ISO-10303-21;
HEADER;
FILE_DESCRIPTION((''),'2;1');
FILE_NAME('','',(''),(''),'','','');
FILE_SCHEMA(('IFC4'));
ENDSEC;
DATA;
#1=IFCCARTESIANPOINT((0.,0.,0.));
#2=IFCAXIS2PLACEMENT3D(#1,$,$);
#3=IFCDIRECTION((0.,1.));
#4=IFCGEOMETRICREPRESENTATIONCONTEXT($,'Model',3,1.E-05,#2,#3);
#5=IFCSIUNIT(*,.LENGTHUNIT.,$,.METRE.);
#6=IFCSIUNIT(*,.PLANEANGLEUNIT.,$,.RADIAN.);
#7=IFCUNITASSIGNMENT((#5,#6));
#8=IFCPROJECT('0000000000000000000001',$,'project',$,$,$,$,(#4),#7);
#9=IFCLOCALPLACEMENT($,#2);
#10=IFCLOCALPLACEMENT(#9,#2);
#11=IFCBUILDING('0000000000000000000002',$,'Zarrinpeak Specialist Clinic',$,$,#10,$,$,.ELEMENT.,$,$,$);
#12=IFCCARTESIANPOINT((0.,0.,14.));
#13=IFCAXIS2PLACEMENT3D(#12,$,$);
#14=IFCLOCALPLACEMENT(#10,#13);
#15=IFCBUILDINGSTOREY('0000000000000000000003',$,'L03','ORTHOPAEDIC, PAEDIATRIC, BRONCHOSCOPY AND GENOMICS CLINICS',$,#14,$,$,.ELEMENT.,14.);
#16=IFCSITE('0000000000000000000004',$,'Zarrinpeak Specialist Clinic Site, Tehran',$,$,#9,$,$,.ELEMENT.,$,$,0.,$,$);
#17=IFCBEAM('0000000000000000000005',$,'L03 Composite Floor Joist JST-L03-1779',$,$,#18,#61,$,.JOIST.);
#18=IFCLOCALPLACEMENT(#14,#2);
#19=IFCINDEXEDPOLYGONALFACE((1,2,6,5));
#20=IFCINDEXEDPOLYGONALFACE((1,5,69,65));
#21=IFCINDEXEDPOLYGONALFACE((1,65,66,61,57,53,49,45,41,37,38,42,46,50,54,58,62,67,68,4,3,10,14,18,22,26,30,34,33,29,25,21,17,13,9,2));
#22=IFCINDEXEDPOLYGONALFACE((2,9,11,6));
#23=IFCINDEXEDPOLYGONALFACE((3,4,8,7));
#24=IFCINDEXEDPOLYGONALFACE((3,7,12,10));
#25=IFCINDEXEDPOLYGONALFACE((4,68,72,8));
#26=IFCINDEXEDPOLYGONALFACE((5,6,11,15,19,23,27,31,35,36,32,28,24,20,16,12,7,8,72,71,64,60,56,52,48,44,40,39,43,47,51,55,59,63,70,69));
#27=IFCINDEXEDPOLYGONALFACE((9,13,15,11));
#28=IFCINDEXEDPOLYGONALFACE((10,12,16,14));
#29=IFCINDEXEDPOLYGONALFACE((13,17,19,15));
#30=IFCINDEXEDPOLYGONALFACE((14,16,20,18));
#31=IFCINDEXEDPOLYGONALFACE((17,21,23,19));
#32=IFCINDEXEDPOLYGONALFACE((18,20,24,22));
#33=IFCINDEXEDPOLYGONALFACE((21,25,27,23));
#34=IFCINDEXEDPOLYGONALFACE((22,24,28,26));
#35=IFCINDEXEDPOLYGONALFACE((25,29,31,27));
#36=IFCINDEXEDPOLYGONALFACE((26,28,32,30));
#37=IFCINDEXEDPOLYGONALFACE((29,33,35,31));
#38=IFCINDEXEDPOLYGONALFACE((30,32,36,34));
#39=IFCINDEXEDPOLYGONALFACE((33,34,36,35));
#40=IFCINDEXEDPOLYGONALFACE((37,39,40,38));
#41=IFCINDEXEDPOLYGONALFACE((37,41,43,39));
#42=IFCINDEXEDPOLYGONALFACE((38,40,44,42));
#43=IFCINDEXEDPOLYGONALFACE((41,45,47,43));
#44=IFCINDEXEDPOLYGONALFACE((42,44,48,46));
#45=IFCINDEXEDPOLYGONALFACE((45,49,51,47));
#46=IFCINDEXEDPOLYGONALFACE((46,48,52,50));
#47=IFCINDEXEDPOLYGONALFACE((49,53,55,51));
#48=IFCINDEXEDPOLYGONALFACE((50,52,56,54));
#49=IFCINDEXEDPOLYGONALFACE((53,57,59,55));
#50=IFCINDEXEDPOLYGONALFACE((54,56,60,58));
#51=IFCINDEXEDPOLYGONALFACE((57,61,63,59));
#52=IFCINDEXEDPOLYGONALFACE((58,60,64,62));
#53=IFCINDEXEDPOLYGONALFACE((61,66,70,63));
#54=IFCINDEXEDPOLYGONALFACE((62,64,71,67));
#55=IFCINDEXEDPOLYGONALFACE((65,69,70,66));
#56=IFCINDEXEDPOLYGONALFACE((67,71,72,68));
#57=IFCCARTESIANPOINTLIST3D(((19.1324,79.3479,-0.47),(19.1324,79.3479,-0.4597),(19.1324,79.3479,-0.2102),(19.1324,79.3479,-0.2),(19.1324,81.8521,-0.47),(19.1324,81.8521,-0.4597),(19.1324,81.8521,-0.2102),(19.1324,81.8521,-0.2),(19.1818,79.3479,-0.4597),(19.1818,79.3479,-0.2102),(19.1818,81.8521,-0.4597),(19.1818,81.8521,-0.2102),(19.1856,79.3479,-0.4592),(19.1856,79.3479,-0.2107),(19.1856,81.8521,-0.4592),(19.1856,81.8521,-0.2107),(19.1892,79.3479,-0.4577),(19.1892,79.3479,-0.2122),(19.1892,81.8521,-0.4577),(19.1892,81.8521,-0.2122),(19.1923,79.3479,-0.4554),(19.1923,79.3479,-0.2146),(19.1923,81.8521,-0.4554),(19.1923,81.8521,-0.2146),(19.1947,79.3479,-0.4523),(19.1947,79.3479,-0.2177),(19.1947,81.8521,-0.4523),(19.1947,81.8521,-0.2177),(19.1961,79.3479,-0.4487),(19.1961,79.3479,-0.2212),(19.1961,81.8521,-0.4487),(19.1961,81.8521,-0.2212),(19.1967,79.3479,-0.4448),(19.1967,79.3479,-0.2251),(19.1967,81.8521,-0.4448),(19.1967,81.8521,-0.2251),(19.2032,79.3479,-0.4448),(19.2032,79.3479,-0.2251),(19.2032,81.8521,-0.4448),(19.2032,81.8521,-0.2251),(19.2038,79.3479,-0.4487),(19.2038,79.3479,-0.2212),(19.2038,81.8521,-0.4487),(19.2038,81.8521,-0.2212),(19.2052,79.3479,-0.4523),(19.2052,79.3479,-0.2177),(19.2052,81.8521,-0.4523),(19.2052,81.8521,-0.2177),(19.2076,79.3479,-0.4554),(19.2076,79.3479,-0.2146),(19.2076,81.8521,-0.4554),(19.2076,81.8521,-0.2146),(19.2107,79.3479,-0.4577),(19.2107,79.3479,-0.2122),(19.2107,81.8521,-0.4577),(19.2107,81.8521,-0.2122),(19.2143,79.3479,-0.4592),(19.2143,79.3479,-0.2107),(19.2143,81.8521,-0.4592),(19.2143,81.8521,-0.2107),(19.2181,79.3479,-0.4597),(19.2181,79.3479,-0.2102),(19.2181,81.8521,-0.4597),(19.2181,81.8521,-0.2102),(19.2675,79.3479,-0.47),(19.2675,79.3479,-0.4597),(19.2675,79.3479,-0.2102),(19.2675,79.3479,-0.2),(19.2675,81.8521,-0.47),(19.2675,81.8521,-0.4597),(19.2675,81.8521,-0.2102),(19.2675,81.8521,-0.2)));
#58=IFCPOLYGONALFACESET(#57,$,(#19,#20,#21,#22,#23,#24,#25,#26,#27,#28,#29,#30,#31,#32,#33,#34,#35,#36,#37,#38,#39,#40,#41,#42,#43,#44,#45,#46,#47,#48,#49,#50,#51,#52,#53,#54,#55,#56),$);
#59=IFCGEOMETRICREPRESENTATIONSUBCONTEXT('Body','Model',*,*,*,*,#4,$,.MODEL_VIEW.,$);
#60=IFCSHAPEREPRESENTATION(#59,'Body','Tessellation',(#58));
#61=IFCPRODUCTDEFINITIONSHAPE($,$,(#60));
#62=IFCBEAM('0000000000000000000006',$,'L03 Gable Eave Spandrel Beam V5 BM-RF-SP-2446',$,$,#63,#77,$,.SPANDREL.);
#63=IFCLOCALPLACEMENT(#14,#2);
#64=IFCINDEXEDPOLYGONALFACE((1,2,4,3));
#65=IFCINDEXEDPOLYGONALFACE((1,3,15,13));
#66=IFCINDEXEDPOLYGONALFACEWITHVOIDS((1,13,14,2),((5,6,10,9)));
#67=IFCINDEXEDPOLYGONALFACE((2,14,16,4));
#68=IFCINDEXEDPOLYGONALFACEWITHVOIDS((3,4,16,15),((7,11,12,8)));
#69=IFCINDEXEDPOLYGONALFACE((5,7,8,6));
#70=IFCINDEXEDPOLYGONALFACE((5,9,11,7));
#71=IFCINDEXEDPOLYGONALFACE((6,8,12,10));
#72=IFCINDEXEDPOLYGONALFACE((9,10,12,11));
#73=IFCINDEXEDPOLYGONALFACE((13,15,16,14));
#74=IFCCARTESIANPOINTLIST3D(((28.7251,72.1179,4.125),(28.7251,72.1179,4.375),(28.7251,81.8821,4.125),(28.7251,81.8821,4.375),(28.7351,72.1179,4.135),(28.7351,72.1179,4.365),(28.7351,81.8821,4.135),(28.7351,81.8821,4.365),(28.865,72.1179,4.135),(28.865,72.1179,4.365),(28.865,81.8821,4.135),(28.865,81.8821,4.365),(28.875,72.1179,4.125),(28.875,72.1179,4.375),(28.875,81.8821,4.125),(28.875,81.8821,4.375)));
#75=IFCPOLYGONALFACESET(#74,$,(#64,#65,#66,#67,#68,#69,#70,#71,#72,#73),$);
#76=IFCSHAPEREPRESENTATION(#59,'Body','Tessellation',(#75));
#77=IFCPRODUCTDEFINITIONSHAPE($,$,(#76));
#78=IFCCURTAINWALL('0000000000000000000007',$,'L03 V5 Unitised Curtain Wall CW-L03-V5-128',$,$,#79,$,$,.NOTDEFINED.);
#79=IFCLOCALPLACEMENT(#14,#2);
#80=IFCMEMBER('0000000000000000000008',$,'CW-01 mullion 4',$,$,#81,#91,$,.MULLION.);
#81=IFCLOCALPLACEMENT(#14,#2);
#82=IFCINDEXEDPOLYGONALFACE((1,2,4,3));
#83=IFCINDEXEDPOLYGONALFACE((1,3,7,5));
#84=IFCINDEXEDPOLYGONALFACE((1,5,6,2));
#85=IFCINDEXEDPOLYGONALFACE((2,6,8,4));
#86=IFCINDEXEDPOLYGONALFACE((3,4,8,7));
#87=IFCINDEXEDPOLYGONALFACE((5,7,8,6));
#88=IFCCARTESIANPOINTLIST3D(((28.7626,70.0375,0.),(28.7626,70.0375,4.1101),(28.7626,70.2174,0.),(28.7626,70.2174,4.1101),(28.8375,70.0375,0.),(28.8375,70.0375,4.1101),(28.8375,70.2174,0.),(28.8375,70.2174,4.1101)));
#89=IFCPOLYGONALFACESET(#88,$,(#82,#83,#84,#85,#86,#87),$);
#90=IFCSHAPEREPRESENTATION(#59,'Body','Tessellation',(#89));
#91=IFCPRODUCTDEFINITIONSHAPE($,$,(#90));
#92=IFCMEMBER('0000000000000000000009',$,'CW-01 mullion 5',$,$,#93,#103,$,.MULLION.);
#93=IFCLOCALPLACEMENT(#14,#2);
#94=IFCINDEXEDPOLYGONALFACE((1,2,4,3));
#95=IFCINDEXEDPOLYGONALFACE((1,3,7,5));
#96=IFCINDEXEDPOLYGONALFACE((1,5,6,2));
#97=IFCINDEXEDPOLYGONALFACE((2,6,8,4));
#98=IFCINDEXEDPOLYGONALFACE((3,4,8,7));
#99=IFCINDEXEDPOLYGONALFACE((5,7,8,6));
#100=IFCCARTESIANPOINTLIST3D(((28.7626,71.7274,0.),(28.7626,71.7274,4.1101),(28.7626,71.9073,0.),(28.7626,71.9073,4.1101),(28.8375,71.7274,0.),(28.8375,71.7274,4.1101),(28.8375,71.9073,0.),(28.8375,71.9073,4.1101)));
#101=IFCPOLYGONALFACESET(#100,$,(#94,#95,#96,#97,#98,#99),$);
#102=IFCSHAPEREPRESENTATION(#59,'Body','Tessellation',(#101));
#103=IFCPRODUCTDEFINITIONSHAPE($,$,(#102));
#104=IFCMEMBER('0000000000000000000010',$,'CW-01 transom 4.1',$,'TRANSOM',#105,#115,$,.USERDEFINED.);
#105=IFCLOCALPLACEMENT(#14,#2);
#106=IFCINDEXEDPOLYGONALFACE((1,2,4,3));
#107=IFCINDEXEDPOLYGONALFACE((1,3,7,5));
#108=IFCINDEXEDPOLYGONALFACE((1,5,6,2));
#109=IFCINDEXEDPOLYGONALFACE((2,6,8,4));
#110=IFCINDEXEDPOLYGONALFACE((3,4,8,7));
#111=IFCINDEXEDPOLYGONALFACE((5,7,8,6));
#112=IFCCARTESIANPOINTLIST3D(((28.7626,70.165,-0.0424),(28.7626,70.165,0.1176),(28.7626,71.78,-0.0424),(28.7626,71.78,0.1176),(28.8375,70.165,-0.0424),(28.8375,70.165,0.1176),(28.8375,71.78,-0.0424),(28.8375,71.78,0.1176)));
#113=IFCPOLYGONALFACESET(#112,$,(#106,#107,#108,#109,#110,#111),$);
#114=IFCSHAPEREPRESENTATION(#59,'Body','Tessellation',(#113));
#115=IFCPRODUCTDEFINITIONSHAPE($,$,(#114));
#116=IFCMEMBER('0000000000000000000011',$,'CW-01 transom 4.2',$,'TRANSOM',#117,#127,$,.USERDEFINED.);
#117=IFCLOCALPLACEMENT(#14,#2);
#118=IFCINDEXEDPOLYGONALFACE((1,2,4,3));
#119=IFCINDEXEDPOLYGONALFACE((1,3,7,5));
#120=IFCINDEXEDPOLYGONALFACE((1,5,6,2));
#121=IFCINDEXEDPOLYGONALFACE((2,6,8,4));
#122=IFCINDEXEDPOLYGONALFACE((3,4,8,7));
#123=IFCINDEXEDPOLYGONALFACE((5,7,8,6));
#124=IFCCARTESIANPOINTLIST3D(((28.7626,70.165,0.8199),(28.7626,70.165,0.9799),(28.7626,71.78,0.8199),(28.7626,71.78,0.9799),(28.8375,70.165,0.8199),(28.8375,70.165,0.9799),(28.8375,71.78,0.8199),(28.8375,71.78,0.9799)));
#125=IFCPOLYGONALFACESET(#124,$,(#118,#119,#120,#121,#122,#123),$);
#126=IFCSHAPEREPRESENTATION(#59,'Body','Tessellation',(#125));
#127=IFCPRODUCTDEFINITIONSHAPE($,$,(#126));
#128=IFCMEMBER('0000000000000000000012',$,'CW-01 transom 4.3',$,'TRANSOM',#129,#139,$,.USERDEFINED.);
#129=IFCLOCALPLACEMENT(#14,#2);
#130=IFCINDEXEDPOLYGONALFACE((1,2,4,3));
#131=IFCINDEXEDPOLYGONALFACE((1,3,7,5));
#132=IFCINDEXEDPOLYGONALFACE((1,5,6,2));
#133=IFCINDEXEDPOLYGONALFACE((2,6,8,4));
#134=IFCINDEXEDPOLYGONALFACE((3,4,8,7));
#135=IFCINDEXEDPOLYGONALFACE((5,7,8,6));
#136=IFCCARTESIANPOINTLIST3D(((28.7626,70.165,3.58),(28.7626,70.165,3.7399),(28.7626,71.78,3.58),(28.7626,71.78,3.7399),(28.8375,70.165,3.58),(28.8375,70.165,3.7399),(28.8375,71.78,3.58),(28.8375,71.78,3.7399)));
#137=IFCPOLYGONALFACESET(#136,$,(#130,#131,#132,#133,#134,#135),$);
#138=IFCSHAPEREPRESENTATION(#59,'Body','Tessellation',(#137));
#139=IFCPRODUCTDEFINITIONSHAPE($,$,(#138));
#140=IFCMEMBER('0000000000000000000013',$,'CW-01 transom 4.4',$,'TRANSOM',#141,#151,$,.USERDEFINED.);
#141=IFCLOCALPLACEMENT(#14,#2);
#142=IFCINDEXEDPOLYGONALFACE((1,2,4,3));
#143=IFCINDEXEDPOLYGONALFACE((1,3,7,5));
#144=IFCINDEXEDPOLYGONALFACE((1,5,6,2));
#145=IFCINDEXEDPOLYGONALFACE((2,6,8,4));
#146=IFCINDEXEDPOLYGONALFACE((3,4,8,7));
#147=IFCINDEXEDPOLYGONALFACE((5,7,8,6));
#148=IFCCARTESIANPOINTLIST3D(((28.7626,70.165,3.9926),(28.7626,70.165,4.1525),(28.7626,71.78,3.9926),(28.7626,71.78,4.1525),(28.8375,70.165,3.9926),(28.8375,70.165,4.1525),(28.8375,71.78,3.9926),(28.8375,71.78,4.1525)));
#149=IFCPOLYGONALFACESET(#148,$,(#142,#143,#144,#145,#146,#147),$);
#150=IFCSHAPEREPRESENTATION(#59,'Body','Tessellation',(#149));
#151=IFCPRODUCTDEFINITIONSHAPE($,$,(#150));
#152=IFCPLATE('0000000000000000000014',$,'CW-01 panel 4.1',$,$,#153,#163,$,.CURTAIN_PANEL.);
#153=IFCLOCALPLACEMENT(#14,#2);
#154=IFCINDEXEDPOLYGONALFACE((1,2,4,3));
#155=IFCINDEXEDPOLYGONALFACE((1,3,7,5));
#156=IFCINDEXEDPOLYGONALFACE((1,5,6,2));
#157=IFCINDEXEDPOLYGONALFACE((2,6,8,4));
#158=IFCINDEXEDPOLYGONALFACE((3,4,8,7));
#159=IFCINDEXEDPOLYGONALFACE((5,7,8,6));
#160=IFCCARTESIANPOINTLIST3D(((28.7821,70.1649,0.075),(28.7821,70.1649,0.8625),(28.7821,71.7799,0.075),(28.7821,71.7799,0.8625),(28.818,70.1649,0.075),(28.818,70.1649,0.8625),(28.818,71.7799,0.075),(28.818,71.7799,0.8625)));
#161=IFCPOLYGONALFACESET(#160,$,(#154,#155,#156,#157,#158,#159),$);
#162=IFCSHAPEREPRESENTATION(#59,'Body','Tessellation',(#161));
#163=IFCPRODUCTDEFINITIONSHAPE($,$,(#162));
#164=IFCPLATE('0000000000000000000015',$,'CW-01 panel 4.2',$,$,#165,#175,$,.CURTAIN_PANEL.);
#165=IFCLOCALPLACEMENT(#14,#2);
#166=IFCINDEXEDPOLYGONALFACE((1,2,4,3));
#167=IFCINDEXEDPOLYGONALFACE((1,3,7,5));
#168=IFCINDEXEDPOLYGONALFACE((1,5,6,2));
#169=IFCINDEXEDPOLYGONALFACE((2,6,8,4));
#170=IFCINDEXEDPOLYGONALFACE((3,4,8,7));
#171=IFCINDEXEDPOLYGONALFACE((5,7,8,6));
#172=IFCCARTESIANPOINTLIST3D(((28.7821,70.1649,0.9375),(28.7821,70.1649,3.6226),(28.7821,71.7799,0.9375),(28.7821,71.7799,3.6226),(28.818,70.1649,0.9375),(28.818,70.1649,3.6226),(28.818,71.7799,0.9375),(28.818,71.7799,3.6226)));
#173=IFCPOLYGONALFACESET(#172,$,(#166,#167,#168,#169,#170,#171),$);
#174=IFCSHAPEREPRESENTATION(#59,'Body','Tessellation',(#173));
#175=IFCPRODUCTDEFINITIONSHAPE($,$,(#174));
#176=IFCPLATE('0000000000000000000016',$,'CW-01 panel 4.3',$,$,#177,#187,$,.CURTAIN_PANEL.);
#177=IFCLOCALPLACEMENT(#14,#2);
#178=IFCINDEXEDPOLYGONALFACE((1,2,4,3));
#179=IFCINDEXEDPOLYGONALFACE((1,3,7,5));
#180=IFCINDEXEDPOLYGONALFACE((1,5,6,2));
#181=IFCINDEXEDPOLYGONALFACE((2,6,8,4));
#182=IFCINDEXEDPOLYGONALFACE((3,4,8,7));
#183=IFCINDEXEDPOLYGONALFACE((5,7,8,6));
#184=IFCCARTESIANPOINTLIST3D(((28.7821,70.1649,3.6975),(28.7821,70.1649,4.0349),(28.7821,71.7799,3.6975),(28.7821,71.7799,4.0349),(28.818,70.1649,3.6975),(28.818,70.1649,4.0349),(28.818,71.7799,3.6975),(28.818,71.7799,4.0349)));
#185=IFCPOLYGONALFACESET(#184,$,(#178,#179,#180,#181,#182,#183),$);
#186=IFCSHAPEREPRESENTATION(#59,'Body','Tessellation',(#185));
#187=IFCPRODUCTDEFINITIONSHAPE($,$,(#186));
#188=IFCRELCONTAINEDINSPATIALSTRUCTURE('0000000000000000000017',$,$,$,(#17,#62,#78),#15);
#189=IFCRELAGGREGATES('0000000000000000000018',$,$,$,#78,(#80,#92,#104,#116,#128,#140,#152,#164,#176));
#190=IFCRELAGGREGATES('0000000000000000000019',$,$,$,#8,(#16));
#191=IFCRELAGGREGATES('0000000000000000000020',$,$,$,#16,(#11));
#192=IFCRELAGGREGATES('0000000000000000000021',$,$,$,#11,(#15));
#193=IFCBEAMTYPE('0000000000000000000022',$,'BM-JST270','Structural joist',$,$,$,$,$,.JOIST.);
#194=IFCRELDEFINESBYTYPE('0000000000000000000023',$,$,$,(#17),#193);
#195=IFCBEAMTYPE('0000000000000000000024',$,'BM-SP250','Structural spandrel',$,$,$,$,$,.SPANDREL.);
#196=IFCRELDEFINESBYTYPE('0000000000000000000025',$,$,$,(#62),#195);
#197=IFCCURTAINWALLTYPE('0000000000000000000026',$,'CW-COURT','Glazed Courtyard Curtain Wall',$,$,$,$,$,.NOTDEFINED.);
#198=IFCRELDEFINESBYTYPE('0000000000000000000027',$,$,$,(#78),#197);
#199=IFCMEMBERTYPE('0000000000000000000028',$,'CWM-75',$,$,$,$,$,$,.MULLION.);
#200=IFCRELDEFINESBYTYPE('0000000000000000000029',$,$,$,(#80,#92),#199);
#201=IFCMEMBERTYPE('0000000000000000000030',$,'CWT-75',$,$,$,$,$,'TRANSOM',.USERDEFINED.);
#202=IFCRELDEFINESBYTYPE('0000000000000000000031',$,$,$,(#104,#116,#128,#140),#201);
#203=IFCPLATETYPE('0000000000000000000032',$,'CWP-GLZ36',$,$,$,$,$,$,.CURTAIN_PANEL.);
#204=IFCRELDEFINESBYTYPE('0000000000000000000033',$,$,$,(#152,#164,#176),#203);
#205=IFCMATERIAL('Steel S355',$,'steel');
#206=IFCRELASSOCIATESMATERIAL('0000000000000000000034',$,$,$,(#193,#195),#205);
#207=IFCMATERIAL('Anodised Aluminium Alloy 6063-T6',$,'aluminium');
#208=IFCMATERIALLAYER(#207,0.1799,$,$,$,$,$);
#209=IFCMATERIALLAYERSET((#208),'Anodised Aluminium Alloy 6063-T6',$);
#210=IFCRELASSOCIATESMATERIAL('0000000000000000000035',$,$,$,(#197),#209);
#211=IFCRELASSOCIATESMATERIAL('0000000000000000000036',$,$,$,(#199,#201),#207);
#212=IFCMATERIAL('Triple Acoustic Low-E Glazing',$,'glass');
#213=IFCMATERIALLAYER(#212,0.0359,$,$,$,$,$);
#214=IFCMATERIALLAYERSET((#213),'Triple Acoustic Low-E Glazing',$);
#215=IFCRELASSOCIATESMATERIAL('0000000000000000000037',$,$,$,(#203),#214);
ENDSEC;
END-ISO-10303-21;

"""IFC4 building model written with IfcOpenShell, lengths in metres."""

from ifc_helpers import new_model, si_unit, direction, frame, origin, origin_2d, place, context, subcontext, project, spatial, rectangle, hollow_rectangle, i_section, extrude, material, layer, layer_set, material_profile, profile_set, type_object, element, aggregate, save


model = new_model("IFC4")

# Units and contexts
model_context = context("Model", 3, precision=1e-05, world=origin(), true_north=direction((0.0, 1.0)))
body_context = subcontext(model_context, "Body", "Model", "MODEL_VIEW")
ifc_project = project(units=[si_unit("LENGTHUNIT", "METRE"), si_unit("PLANEANGLEUNIT", "RADIAN")], contexts=[model_context])

# Site, building, storey
site_placement = place(None, origin())
site = spatial("IfcSite", under=ifc_project, at=site_placement, Name="Zarrinpeak Specialist Clinic Site, Tehran", CompositionType="ELEMENT", RefElevation=0.0)
building_placement = place(site_placement, origin())
building = spatial("IfcBuilding", under=site, at=building_placement, Name="Zarrinpeak Specialist Clinic", CompositionType="ELEMENT")
storey_placement = place(building_placement, frame((0.0, 0.0, 14.0)))
storey = spatial("IfcBuildingStorey", under=building, at=storey_placement, Name="L03", Description="ORTHOPAEDIC, PAEDIATRIC, BRONCHOSCOPY AND GENOMICS CLINICS", CompositionType="ELEMENT", Elevation=14.0)

# Shared definitions
ifc_material_1 = material(Name="Steel S355", Category="steel")

# Beams
ifc_material_profile_1 = material_profile(ifc_material_1, i_section(OverallWidth=0.135, OverallDepth=0.27, WebThickness=0.0066, FlangeThickness=0.0103, FilletRadius=0.0149, at=origin_2d()), Name="IPE 270")
ifc_profile_set_1 = profile_set([ifc_material_profile_1], Name="Steel S355")
beam_type_1 = type_object("IfcBeamType", Name="BM-JST270", Description="Structural joist", PredefinedType="JOIST", material=ifc_profile_set_1)
beam_1_placement = place(storey_placement, frame((19.2, 79.3479, -0.335), z_axis=(0.0, 1.0, 0.0), x_axis=(-1.0, 0.0, 0.0)))
element("IfcBeam", 1, at=beam_1_placement, inside=storey, type_object=beam_type_1, Name="L03 Composite Floor Joist JST-L03-1779", PredefinedType="JOIST", context=body_context, shape_type="SweptSolid", body=[
    extrude(i_section(OverallWidth=0.135, OverallDepth=0.27, WebThickness=0.0066, FlangeThickness=0.0103, FilletRadius=0.0149, at=origin_2d()), origin(), (0.0, 0.0, 1.0), 2.5042),
])
ifc_material_profile_2 = material_profile(ifc_material_1, hollow_rectangle(XDim=0.1499, YDim=0.25, WallThickness=0.01, at=origin_2d()), Name="RHS 250x150x10.0")
ifc_profile_set_2 = profile_set([ifc_material_profile_2], Name="Steel S355")
beam_type_2 = type_object("IfcBeamType", Name="BM-SP250", Description="Structural spandrel", PredefinedType="SPANDREL", material=ifc_profile_set_2)
beam_2_placement = place(storey_placement, frame((28.8, 72.1179, 4.25), z_axis=(0.0, 1.0, 0.0), x_axis=(-1.0, 0.0, 0.0)))
element("IfcBeam", 2, at=beam_2_placement, inside=storey, type_object=beam_type_2, Name="L03 Gable Eave Spandrel Beam V5 BM-RF-SP-2446", PredefinedType="SPANDREL", context=body_context, shape_type="SweptSolid", body=[
    extrude(hollow_rectangle(XDim=0.1499, YDim=0.25, WallThickness=0.01, at=origin_2d()), origin(), (0.0, 0.0, 1.0), 9.7642),
])

# Curtain wall, members, plates
ifc_material_2 = material(Name="Anodised Aluminium Alloy 6063-T6", Category="aluminium")
ifc_layer_1 = layer(ifc_material_2, 0.1799)
ifc_layer_set_1 = layer_set([ifc_layer_1], Name="Anodised Aluminium Alloy 6063-T6")
curtain_wall_type = type_object("IfcCurtainWallType", Name="CW-COURT", Description="Glazed Courtyard Curtain Wall", PredefinedType="NOTDEFINED", material=ifc_layer_set_1)
curtain_wall_placement = place(storey_placement, origin())
curtain_wall = element("IfcCurtainWall", 3, at=curtain_wall_placement, inside=storey, type_object=curtain_wall_type, Name="L03 V5 Unitised Curtain Wall CW-L03-V5-128", PredefinedType="NOTDEFINED")
ifc_material_profile_3 = material_profile(ifc_material_2, rectangle(XDim=0.075, YDim=0.1799, at=origin_2d()), Name="ALU 75x180")
ifc_profile_set_3 = profile_set([ifc_material_profile_3], Name="Anodised Aluminium Alloy 6063-T6")
member_type_1 = type_object("IfcMemberType", Name="CWM-75", PredefinedType="MULLION", material=ifc_profile_set_3)
member_1_placement = place(storey_placement, frame((28.8, 70.1274, 0.0), z_axis=(0.0, 0.0, 1.0), x_axis=(-1.0, 0.0, 0.0)))
member_1 = element("IfcMember", 4, at=member_1_placement, type_object=member_type_1, Name="CW-01 mullion 4", PredefinedType="MULLION", context=body_context, shape_type="SweptSolid", body=[
    extrude(rectangle(XDim=0.075, YDim=0.1799, at=origin_2d()), origin(), (0.0, 0.0, 1.0), 4.1101),
])
member_2_placement = place(storey_placement, frame((28.8, 71.8174, 0.0), z_axis=(0.0, 0.0, 1.0), x_axis=(-1.0, 0.0, 0.0)))
member_2 = element("IfcMember", 5, at=member_2_placement, type_object=member_type_1, Name="CW-01 mullion 5", PredefinedType="MULLION", context=body_context, shape_type="SweptSolid", body=[
    extrude(rectangle(XDim=0.075, YDim=0.1799, at=origin_2d()), origin(), (0.0, 0.0, 1.0), 4.1101),
])
ifc_material_profile_4 = material_profile(ifc_material_2, rectangle(XDim=0.075, YDim=0.1599, at=origin_2d()), Name="ALU 75x160")
ifc_profile_set_4 = profile_set([ifc_material_profile_4], Name="Anodised Aluminium Alloy 6063-T6")
member_type_2 = type_object("IfcMemberType", Name="CWT-75", ElementType="TRANSOM", PredefinedType="USERDEFINED", material=ifc_profile_set_4)
member_3_placement = place(storey_placement, frame((28.8, 70.165, 0.0376), z_axis=(0.0, 1.0, 0.0), x_axis=(-1.0, 0.0, 0.0)))
member_3 = element("IfcMember", 6, at=member_3_placement, type_object=member_type_2, Name="CW-01 transom 4.1", ObjectType="TRANSOM", PredefinedType="USERDEFINED", context=body_context, shape_type="SweptSolid", body=[
    extrude(rectangle(XDim=0.075, YDim=0.1599, at=origin_2d()), origin(), (0.0, 0.0, 1.0), 1.615),
])
member_4_placement = place(storey_placement, frame((28.8, 70.165, 0.8999), z_axis=(0.0, 1.0, 0.0), x_axis=(-1.0, 0.0, 0.0)))
member_4 = element("IfcMember", 7, at=member_4_placement, type_object=member_type_2, Name="CW-01 transom 4.2", ObjectType="TRANSOM", PredefinedType="USERDEFINED", context=body_context, shape_type="SweptSolid", body=[
    extrude(rectangle(XDim=0.075, YDim=0.1599, at=origin_2d()), origin(), (0.0, 0.0, 1.0), 1.615),
])
member_5_placement = place(storey_placement, frame((28.8, 70.165, 3.6599), z_axis=(0.0, 1.0, 0.0), x_axis=(-1.0, 0.0, 0.0)))
member_5 = element("IfcMember", 8, at=member_5_placement, type_object=member_type_2, Name="CW-01 transom 4.3", ObjectType="TRANSOM", PredefinedType="USERDEFINED", context=body_context, shape_type="SweptSolid", body=[
    extrude(rectangle(XDim=0.075, YDim=0.1599, at=origin_2d()), origin(), (0.0, 0.0, 1.0), 1.615),
])
member_6_placement = place(storey_placement, frame((28.8, 70.165, 4.0725), z_axis=(0.0, 1.0, 0.0), x_axis=(-1.0, 0.0, 0.0)))
member_6 = element("IfcMember", 9, at=member_6_placement, type_object=member_type_2, Name="CW-01 transom 4.4", ObjectType="TRANSOM", PredefinedType="USERDEFINED", context=body_context, shape_type="SweptSolid", body=[
    extrude(rectangle(XDim=0.075, YDim=0.1599, at=origin_2d()), origin(), (0.0, 0.0, 1.0), 1.615),
])
ifc_material_3 = material(Name="Triple Acoustic Low-E Glazing", Category="glass")
ifc_layer_2 = layer(ifc_material_3, 0.0359)
ifc_layer_set_2 = layer_set([ifc_layer_2], Name="Triple Acoustic Low-E Glazing")
plate_type = type_object("IfcPlateType", Name="CWP-GLZ36", PredefinedType="CURTAIN_PANEL", material=ifc_layer_set_2)
plate_1_placement = place(storey_placement, frame((28.8, 70.9724, 0.075), z_axis=(0.0, 0.0, 1.0), x_axis=(0.0, 1.0, 0.0)))
plate_1 = element("IfcPlate", 10, at=plate_1_placement, type_object=plate_type, Name="CW-01 panel 4.1", PredefinedType="CURTAIN_PANEL", context=body_context, shape_type="SweptSolid", body=[
    extrude(rectangle(XDim=1.615, YDim=0.0359, at=origin_2d()), origin(), (0.0, 0.0, 1.0), 0.7876),
])
plate_2_placement = place(storey_placement, frame((28.8, 70.9724, 0.9375), z_axis=(0.0, 0.0, 1.0), x_axis=(0.0, 1.0, 0.0)))
plate_2 = element("IfcPlate", 11, at=plate_2_placement, type_object=plate_type, Name="CW-01 panel 4.2", PredefinedType="CURTAIN_PANEL", context=body_context, shape_type="SweptSolid", body=[
    extrude(rectangle(XDim=1.615, YDim=0.0359, at=origin_2d()), origin(), (0.0, 0.0, 1.0), 2.6851),
])
plate_3_placement = place(storey_placement, frame((28.8, 70.9724, 3.6975), z_axis=(0.0, 0.0, 1.0), x_axis=(0.0, 1.0, 0.0)))
plate_3 = element("IfcPlate", 12, at=plate_3_placement, type_object=plate_type, Name="CW-01 panel 4.3", PredefinedType="CURTAIN_PANEL", context=body_context, shape_type="SweptSolid", body=[
    extrude(rectangle(XDim=1.615, YDim=0.0359, at=origin_2d()), origin(), (0.0, 0.0, 1.0), 0.3374),
])
aggregate(curtain_wall, [member_1, member_2, member_3, member_4, member_5, member_6, plate_1, plate_2, plate_3])

save(model, "model.ifc")
